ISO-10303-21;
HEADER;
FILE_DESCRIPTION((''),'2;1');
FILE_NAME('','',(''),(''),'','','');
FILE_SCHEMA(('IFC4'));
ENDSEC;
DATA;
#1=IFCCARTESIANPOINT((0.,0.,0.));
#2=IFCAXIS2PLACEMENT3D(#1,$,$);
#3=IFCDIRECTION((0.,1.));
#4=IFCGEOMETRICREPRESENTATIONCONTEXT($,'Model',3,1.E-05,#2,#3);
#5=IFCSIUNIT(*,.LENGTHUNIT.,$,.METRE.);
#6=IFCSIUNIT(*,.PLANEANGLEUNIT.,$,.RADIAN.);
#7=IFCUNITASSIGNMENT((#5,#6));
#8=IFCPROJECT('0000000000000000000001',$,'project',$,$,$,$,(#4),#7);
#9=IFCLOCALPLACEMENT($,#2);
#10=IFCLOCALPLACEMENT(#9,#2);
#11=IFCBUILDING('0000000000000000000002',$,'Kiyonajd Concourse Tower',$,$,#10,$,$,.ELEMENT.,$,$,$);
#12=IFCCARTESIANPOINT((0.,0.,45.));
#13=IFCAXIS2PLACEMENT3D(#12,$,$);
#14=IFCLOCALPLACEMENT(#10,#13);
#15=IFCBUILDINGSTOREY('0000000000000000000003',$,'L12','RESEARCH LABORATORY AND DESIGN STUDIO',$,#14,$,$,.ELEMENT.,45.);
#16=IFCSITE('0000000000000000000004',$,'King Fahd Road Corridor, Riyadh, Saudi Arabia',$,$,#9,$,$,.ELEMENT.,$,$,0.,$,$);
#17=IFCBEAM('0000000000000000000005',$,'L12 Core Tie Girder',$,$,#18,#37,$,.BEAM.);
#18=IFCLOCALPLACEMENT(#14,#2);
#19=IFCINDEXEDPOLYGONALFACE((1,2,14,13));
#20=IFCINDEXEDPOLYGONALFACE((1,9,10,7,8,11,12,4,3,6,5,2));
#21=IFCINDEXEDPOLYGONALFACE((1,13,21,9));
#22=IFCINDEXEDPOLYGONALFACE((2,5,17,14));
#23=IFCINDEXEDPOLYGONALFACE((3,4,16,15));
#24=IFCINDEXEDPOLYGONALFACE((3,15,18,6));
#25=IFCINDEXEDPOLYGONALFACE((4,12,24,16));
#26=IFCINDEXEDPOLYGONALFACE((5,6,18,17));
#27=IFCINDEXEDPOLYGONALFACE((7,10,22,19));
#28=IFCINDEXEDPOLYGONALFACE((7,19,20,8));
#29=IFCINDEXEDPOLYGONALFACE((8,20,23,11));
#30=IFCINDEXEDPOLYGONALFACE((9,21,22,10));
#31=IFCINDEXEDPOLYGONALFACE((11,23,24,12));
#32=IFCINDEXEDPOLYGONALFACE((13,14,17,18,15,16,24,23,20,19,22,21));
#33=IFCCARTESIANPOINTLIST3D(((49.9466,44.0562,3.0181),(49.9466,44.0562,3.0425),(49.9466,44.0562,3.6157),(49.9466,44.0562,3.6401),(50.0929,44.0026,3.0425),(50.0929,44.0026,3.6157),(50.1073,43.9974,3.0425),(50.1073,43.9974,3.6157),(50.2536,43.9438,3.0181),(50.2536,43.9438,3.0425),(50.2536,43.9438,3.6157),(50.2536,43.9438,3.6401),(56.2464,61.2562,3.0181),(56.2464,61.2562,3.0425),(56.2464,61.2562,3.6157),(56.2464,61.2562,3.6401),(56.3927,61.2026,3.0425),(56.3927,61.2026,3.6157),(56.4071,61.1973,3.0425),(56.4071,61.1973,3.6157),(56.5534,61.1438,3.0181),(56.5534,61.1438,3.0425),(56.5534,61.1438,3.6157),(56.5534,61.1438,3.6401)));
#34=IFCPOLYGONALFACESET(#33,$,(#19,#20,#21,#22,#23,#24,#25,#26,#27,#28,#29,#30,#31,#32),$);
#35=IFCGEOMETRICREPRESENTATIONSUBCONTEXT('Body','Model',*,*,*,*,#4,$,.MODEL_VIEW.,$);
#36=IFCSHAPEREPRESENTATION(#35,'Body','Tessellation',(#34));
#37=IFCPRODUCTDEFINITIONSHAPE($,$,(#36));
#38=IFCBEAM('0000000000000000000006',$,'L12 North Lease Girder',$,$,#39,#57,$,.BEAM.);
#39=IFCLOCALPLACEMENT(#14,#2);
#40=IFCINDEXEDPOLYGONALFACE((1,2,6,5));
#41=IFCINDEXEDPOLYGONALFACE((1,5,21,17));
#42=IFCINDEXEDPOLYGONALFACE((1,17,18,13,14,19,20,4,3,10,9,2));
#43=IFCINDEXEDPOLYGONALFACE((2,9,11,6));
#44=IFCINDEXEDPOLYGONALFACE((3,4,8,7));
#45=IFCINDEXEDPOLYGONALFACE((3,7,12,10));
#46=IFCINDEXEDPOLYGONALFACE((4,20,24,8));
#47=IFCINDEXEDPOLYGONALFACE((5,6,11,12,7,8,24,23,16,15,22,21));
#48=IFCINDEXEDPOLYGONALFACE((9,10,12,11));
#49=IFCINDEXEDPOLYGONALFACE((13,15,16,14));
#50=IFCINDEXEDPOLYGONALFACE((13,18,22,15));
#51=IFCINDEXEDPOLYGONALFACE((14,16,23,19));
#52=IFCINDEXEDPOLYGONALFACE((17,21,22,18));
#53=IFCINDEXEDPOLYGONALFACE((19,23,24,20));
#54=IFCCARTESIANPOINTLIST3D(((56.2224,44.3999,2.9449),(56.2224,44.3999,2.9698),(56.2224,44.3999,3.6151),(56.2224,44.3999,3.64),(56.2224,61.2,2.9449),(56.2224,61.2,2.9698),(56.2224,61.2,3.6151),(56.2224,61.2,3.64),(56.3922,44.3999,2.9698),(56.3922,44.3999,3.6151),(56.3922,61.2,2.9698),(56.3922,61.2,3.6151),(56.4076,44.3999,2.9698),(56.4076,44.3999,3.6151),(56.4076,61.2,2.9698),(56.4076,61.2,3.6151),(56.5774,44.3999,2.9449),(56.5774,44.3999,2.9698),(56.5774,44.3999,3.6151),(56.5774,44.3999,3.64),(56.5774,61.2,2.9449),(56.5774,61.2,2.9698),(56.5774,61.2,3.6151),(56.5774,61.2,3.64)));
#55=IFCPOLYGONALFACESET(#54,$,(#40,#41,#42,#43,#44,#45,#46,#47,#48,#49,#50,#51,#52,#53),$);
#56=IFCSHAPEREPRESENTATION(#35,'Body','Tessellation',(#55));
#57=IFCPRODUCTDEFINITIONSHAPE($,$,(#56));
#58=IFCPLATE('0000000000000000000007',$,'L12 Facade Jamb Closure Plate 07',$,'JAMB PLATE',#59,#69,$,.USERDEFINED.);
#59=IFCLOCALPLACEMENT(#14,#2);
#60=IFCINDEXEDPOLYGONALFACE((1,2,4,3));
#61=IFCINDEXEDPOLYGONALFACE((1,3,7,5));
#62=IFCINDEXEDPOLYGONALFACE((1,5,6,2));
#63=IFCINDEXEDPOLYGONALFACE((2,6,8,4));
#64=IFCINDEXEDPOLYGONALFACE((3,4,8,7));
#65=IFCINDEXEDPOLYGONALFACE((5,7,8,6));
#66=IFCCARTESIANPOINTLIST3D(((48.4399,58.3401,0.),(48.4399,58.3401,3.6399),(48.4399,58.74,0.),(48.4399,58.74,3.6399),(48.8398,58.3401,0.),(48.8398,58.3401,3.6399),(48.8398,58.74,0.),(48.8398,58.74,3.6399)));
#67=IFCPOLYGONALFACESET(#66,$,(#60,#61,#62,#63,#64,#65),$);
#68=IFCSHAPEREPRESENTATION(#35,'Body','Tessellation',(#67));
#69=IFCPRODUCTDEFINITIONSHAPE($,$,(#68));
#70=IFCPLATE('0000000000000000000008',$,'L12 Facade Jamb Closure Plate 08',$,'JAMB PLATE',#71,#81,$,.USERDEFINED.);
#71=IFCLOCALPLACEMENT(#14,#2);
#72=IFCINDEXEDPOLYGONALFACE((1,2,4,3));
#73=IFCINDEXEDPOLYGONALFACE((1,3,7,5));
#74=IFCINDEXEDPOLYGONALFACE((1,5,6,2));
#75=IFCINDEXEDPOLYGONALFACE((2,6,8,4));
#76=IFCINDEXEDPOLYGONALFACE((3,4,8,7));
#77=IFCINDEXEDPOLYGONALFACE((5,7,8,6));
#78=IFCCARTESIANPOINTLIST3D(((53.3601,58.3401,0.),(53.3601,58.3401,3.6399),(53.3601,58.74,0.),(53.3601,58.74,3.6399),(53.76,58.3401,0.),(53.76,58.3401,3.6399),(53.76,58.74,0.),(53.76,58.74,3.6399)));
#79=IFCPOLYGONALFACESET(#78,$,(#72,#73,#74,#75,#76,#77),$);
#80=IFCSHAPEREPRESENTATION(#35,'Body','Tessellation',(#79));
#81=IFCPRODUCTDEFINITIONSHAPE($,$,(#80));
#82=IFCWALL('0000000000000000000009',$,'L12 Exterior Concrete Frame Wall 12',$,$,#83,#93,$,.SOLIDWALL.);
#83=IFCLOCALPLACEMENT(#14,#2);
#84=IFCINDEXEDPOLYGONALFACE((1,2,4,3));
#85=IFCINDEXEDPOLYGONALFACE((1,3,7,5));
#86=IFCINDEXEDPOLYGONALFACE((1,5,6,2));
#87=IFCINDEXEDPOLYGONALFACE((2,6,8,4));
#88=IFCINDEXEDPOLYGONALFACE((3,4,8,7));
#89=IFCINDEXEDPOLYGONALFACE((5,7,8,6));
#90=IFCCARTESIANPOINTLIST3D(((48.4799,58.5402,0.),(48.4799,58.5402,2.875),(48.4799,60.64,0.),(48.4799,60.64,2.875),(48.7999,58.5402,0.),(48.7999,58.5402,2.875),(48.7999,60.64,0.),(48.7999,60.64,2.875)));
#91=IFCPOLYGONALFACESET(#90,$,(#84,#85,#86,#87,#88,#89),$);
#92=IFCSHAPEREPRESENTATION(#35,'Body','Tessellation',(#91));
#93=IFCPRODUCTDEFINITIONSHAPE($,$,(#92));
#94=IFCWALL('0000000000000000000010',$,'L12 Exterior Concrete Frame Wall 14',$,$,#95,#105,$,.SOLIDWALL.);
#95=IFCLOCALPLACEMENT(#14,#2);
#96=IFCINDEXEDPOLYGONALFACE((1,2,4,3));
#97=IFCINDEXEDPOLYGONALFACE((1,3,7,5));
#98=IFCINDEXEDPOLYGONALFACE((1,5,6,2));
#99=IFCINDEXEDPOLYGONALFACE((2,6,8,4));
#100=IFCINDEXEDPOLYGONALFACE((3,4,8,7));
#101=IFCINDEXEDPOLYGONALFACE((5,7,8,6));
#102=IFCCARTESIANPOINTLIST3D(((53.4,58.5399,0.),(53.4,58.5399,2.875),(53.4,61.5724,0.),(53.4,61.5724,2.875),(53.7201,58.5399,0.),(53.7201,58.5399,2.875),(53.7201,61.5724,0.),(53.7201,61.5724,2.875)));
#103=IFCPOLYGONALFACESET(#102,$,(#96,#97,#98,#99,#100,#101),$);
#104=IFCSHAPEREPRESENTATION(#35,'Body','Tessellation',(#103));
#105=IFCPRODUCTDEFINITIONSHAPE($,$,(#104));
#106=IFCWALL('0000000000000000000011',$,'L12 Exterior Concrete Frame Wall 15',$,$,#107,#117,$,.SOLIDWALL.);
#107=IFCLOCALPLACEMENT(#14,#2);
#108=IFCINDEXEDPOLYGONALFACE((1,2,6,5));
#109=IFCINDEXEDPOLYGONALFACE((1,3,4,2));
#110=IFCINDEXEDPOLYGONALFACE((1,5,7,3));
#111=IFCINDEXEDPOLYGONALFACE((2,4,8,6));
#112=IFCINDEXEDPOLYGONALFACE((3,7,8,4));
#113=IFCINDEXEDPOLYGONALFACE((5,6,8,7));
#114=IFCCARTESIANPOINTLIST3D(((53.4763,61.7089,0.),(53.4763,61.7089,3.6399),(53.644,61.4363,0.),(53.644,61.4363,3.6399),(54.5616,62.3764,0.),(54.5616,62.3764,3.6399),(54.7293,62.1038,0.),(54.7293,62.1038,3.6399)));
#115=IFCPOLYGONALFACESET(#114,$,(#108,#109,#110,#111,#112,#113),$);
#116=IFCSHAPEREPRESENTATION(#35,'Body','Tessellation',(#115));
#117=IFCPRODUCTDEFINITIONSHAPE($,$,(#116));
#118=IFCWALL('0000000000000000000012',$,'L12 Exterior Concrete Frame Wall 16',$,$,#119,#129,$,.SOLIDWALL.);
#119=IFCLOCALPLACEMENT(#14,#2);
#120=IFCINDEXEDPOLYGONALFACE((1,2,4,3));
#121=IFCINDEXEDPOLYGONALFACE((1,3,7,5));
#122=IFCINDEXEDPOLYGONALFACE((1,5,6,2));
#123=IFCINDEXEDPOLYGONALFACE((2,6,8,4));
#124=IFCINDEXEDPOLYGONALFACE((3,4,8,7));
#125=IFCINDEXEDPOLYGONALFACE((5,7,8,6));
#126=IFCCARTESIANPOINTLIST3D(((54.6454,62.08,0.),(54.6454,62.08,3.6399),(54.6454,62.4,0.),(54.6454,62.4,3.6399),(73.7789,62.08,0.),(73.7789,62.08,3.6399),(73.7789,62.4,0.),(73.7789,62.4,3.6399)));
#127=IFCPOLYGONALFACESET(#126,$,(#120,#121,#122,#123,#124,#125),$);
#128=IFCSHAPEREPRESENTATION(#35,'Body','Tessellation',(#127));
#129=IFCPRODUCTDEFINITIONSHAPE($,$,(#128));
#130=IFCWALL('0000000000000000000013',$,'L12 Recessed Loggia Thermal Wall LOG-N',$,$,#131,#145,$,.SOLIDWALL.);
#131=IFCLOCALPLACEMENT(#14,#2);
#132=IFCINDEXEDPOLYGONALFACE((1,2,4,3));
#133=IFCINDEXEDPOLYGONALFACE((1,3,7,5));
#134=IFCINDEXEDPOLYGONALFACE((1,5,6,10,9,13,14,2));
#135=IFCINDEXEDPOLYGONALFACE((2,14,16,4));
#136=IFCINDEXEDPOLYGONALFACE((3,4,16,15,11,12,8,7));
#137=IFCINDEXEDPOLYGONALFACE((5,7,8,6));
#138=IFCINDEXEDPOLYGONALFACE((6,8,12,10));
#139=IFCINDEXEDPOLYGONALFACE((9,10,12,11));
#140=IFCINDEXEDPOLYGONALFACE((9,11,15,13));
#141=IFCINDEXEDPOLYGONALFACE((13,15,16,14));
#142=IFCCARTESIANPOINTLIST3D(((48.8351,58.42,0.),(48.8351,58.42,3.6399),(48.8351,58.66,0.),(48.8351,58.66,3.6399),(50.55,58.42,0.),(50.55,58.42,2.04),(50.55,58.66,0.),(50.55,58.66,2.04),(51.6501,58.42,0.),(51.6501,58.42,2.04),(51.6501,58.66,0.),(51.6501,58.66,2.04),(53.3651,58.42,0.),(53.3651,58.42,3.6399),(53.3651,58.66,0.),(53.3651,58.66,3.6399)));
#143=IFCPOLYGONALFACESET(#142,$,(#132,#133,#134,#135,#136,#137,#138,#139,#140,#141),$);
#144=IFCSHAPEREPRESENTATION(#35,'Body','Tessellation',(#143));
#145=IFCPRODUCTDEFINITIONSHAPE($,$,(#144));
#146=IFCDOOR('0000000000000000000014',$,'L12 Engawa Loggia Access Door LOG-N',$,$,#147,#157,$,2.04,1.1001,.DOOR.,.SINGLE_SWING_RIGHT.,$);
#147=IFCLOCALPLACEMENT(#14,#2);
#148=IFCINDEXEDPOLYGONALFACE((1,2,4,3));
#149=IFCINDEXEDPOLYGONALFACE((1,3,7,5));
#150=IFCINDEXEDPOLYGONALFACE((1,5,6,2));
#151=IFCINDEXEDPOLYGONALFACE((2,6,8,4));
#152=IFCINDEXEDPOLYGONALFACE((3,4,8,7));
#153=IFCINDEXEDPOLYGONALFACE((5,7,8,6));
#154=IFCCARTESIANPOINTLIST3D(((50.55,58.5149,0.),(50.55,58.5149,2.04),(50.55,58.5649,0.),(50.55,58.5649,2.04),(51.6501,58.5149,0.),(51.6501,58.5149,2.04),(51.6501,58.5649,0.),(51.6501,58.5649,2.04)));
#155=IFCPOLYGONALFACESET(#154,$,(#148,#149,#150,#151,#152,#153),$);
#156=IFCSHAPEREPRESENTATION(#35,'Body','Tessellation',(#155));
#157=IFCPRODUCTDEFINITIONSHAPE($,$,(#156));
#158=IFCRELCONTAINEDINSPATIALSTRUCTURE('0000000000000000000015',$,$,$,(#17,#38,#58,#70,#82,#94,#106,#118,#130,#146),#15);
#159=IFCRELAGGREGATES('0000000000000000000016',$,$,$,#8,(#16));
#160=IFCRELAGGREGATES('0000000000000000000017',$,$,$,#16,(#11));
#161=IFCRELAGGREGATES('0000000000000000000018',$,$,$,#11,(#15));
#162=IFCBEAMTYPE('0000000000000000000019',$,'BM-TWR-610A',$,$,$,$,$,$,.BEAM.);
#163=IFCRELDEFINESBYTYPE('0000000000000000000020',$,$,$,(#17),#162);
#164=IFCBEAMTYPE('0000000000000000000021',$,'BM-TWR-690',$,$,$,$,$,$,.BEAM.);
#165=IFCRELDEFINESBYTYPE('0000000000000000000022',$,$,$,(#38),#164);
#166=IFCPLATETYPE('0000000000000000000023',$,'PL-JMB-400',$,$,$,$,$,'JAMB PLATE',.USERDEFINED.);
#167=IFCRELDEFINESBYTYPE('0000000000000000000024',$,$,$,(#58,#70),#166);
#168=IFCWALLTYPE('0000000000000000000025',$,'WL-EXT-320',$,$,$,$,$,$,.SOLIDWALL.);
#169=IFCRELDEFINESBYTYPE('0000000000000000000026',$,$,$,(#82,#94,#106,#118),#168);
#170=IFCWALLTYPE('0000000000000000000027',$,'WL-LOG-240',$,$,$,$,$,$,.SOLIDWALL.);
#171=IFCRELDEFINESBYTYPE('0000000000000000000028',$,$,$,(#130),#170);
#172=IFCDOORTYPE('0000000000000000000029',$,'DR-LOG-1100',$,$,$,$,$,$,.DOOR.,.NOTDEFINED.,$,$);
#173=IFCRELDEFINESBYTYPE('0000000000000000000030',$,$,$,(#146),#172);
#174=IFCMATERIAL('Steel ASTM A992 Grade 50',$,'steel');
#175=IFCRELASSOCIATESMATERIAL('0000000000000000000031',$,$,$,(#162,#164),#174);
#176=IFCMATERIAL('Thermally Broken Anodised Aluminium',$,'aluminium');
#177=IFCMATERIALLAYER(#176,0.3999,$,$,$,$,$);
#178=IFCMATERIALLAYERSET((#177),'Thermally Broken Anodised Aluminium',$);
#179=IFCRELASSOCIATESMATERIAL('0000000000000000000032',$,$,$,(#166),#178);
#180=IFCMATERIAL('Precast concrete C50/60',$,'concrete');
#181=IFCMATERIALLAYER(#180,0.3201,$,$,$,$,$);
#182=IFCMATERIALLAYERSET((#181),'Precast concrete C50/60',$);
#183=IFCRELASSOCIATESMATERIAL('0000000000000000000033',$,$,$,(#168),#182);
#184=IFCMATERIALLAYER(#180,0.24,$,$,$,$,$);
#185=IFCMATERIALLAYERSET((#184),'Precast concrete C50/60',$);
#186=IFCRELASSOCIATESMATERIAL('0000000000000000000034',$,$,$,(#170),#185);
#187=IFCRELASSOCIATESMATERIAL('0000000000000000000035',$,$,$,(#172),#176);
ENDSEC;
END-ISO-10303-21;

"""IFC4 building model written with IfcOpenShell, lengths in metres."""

from ifc_helpers import new_model, si_unit, direction, frame, frame_2d, origin, origin_2d, place, context, subcontext, project, spatial, rectangle, i_section, extrude, material, layer, layer_set, material_profile, profile_set, type_object, element, fill, save


model = new_model("IFC4")

# Units and contexts
model_context = context("Model", 3, precision=1e-05, world=origin(), true_north=direction((0.0, 1.0)))
body_context = subcontext(model_context, "Body", "Model", "MODEL_VIEW")
ifc_project = project(units=[si_unit("LENGTHUNIT", "METRE"), si_unit("PLANEANGLEUNIT", "RADIAN")], contexts=[model_context])

# Site, building, storey
site_placement = place(None, origin())
site = spatial("IfcSite", under=ifc_project, at=site_placement, Name="King Fahd Road Corridor, Riyadh, Saudi Arabia", CompositionType="ELEMENT", RefElevation=0.0)
building_placement = place(site_placement, origin())
building = spatial("IfcBuilding", under=site, at=building_placement, Name="Kiyonajd Concourse Tower", CompositionType="ELEMENT")
storey_placement = place(building_placement, frame((0.0, 0.0, 45.0)))
storey = spatial("IfcBuildingStorey", under=building, at=storey_placement, Name="L12", Description="RESEARCH LABORATORY AND DESIGN STUDIO", CompositionType="ELEMENT", Elevation=45.0)

# Beams
ifc_material_1 = material(Name="Steel ASTM A992 Grade 50", Category="steel")
ifc_material_2 = material(Name="Precast concrete C50/60", Category="concrete")
ifc_material_profile_1 = material_profile(ifc_material_1, i_section(OverallWidth=0.3269, OverallDepth=0.6221, WebThickness=0.0154, FlangeThickness=0.0244, at=origin_2d()), Name="W610X195")
ifc_profile_set_1 = profile_set([ifc_material_profile_1], Name="Steel ASTM A992 Grade 50")
beam_type_1 = type_object("IfcBeamType", Name="BM-TWR-610A", PredefinedType="BEAM", material=ifc_profile_set_1)
beam_1_placement = place(storey_placement, frame((50.1001, 44.0, 3.3291), z_axis=(0.343925, 0.938997, 0.0), x_axis=(-0.938997, 0.343925, 0.0)))
element("IfcBeam", 1, at=beam_1_placement, inside=storey, type_object=beam_type_1, Name="L12 Core Tie Girder", PredefinedType="BEAM", context=body_context, shape_type="SweptSolid", body=[
    extrude(i_section(OverallWidth=0.3269, OverallDepth=0.6221, WebThickness=0.0154, FlangeThickness=0.0244, at=origin_2d()), origin(), (0.0, 0.0, 1.0), 18.3174),
])
ifc_material_profile_2 = material_profile(ifc_material_1, i_section(OverallWidth=0.355, OverallDepth=0.6951, WebThickness=0.0154, FlangeThickness=0.0249, at=origin_2d()), Name="W690X217")
ifc_profile_set_2 = profile_set([ifc_material_profile_2], Name="Steel ASTM A992 Grade 50")
beam_type_2 = type_object("IfcBeamType", Name="BM-TWR-690", PredefinedType="BEAM", material=ifc_profile_set_2)
beam_2_placement = place(storey_placement, frame((56.3999, 44.3999, 3.2925), z_axis=(0.0, 1.0, 0.0), x_axis=(-1.0, 0.0, 0.0)))
element("IfcBeam", 2, at=beam_2_placement, inside=storey, type_object=beam_type_2, Name="L12 North Lease Girder", PredefinedType="BEAM", context=body_context, shape_type="SweptSolid", body=[
    extrude(i_section(OverallWidth=0.355, OverallDepth=0.6951, WebThickness=0.0154, FlangeThickness=0.0249, at=origin_2d()), origin(), (0.0, 0.0, 1.0), 16.8),
])

# Plates
ifc_material_3 = material(Name="Thermally Broken Anodised Aluminium", Category="aluminium")
ifc_layer_1 = layer(ifc_material_3, 0.3999)
ifc_layer_set_1 = layer_set([ifc_layer_1], Name="Thermally Broken Anodised Aluminium")
plate_type = type_object("IfcPlateType", Name="PL-JMB-400", ElementType="JAMB PLATE", PredefinedType="USERDEFINED", material=ifc_layer_set_1)
for number, where, z_axis, x_axis, name in (
    (3, (48.6399, 58.54, 0.0), (0.0, 0.0, 1.0), (1.0, 0.0, 0.0), "L12 Facade Jamb Closure Plate 07"),
    (4, (53.5601, 58.54, 0.0), (0.0, 0.0, 1.0), (1.0, 0.0, 0.0), "L12 Facade Jamb Closure Plate 08"),
):
    element("IfcPlate", number, at=place(storey_placement, frame(where, z_axis=z_axis, x_axis=x_axis)), inside=storey, type_object=plate_type, Name=name, ObjectType="JAMB PLATE", PredefinedType="USERDEFINED", context=body_context, shape_type="SweptSolid", body=[
        extrude(rectangle(XDim=0.3999, YDim=0.3999, at=origin_2d()), origin(), (0.0, 0.0, 1.0), 3.6399),
    ])

# Walls
ifc_layer_2 = layer(ifc_material_2, 0.3201)
ifc_layer_set_2 = layer_set([ifc_layer_2], Name="Precast concrete C50/60")
wall_type_1 = type_object("IfcWallType", Name="WL-EXT-320", PredefinedType="SOLIDWALL", material=ifc_layer_set_2)
wall_1_placement = place(storey_placement, frame((48.6399, 60.6399, 0.0), z_axis=(0.0, 0.0, 1.0), x_axis=(0.0, -1.0, 0.0)))
element("IfcWall", 5, at=wall_1_placement, inside=storey, type_object=wall_type_1, Name="L12 Exterior Concrete Frame Wall 12", PredefinedType="SOLIDWALL", context=body_context, shape_type="SweptSolid", body=[
    extrude(rectangle(XDim=2.0999, YDim=0.3201, at=frame_2d((1.0498, 0.0))), origin(), (0.0, 0.0, 1.0), 2.875),
])
wall_2_placement = place(storey_placement, frame((53.5601, 58.54, 0.0), z_axis=(0.0, 0.0, 1.0), x_axis=(0.0, 1.0, 0.0)))
element("IfcWall", 6, at=wall_2_placement, inside=storey, type_object=wall_type_1, Name="L12 Exterior Concrete Frame Wall 14", PredefinedType="SOLIDWALL", context=body_context, shape_type="SweptSolid", body=[
    extrude(rectangle(XDim=3.0325, YDim=0.3201, at=frame_2d((1.5161, 0.0))), origin(), (0.0, 0.0, 1.0), 2.875),
])
wall_3_placement = place(storey_placement, frame((53.5601, 61.5725, 0.0), z_axis=(0.0, 0.0, 1.0), x_axis=(0.851777, 0.523905, 0.0)))
element("IfcWall", 7, at=wall_3_placement, inside=storey, type_object=wall_type_1, Name="L12 Exterior Concrete Frame Wall 15", PredefinedType="SOLIDWALL", context=body_context, shape_type="SweptSolid", body=[
    extrude(rectangle(XDim=1.2742, YDim=0.3201, at=frame_2d((0.6372, 0.0))), origin(), (0.0, 0.0, 1.0), 3.6399),
])
wall_4_placement = place(storey_placement, frame((54.6453, 62.24, 0.0), z_axis=(0.0, 0.0, 1.0), x_axis=(1.0, 0.0, 0.0)))
element("IfcWall", 8, at=wall_4_placement, inside=storey, type_object=wall_type_1, Name="L12 Exterior Concrete Frame Wall 16", PredefinedType="SOLIDWALL", context=body_context, shape_type="SweptSolid", body=[
    extrude(rectangle(XDim=19.1335, YDim=0.3201, at=frame_2d((9.5669, 0.0))), origin(), (0.0, 0.0, 1.0), 3.6399),
])

# Wall, opening, door
ifc_layer_3 = layer(ifc_material_2, 0.24)
ifc_layer_set_3 = layer_set([ifc_layer_3], Name="Precast concrete C50/60")
wall_type_2 = type_object("IfcWallType", Name="WL-LOG-240", PredefinedType="SOLIDWALL", material=ifc_layer_set_3)
wall_5_placement = place(storey_placement, frame((48.835, 58.54, 0.0), z_axis=(0.0, 0.0, 1.0), x_axis=(1.0, 0.0, 0.0)))
wall_5 = element("IfcWall", 9, at=wall_5_placement, inside=storey, type_object=wall_type_2, Name="L12 Recessed Loggia Thermal Wall LOG-N", PredefinedType="SOLIDWALL", context=body_context, shape_type="SweptSolid", body=[
    extrude(rectangle(XDim=4.53, YDim=0.24, at=frame_2d((2.2651, 0.0))), origin(), (0.0, 0.0, 1.0), 3.6399),
])
opening_1_placement = place(wall_5_placement, frame((1.7151, 0.0, 0.0)))
opening_1 = element("IfcOpeningElement", 10, at=opening_1_placement, cuts=wall_5, PredefinedType="OPENING", context=body_context, shape_type="SweptSolid", body=[
    extrude(rectangle(XDim=1.1001, YDim=2.04, at=frame_2d((0.55, 1.02))), frame((0.0, 0.1299, 0.0), z_axis=(0.0, -1.0, 0.0), x_axis=(1.0, 0.0, 0.0)), (0.0, 0.0, 1.0), 0.26),
])
door_type_1 = type_object("IfcDoorType", Name="DR-LOG-1100", OperationType="NOTDEFINED", PredefinedType="DOOR", material=ifc_material_3)
door_1_placement = place(opening_1_placement, origin())
door_1 = element("IfcDoor", 11, at=door_1_placement, inside=storey, type_object=door_type_1, Name="L12 Engawa Loggia Access Door LOG-N", OperationType="SINGLE_SWING_RIGHT", OverallHeight=2.04, OverallWidth=1.1001, PredefinedType="DOOR", context=body_context, shape_type="SweptSolid", body=[
    extrude(rectangle(XDim=1.1001, YDim=2.04, at=frame_2d((0.55, 1.02))), frame((0.0, 0.0249, 0.0), z_axis=(0.0, -1.0, 0.0), x_axis=(1.0, 0.0, 0.0)), (0.0, 0.0, 1.0), 0.05),
])
fill(opening_1, door_1)

save(model, "model.ifc")
